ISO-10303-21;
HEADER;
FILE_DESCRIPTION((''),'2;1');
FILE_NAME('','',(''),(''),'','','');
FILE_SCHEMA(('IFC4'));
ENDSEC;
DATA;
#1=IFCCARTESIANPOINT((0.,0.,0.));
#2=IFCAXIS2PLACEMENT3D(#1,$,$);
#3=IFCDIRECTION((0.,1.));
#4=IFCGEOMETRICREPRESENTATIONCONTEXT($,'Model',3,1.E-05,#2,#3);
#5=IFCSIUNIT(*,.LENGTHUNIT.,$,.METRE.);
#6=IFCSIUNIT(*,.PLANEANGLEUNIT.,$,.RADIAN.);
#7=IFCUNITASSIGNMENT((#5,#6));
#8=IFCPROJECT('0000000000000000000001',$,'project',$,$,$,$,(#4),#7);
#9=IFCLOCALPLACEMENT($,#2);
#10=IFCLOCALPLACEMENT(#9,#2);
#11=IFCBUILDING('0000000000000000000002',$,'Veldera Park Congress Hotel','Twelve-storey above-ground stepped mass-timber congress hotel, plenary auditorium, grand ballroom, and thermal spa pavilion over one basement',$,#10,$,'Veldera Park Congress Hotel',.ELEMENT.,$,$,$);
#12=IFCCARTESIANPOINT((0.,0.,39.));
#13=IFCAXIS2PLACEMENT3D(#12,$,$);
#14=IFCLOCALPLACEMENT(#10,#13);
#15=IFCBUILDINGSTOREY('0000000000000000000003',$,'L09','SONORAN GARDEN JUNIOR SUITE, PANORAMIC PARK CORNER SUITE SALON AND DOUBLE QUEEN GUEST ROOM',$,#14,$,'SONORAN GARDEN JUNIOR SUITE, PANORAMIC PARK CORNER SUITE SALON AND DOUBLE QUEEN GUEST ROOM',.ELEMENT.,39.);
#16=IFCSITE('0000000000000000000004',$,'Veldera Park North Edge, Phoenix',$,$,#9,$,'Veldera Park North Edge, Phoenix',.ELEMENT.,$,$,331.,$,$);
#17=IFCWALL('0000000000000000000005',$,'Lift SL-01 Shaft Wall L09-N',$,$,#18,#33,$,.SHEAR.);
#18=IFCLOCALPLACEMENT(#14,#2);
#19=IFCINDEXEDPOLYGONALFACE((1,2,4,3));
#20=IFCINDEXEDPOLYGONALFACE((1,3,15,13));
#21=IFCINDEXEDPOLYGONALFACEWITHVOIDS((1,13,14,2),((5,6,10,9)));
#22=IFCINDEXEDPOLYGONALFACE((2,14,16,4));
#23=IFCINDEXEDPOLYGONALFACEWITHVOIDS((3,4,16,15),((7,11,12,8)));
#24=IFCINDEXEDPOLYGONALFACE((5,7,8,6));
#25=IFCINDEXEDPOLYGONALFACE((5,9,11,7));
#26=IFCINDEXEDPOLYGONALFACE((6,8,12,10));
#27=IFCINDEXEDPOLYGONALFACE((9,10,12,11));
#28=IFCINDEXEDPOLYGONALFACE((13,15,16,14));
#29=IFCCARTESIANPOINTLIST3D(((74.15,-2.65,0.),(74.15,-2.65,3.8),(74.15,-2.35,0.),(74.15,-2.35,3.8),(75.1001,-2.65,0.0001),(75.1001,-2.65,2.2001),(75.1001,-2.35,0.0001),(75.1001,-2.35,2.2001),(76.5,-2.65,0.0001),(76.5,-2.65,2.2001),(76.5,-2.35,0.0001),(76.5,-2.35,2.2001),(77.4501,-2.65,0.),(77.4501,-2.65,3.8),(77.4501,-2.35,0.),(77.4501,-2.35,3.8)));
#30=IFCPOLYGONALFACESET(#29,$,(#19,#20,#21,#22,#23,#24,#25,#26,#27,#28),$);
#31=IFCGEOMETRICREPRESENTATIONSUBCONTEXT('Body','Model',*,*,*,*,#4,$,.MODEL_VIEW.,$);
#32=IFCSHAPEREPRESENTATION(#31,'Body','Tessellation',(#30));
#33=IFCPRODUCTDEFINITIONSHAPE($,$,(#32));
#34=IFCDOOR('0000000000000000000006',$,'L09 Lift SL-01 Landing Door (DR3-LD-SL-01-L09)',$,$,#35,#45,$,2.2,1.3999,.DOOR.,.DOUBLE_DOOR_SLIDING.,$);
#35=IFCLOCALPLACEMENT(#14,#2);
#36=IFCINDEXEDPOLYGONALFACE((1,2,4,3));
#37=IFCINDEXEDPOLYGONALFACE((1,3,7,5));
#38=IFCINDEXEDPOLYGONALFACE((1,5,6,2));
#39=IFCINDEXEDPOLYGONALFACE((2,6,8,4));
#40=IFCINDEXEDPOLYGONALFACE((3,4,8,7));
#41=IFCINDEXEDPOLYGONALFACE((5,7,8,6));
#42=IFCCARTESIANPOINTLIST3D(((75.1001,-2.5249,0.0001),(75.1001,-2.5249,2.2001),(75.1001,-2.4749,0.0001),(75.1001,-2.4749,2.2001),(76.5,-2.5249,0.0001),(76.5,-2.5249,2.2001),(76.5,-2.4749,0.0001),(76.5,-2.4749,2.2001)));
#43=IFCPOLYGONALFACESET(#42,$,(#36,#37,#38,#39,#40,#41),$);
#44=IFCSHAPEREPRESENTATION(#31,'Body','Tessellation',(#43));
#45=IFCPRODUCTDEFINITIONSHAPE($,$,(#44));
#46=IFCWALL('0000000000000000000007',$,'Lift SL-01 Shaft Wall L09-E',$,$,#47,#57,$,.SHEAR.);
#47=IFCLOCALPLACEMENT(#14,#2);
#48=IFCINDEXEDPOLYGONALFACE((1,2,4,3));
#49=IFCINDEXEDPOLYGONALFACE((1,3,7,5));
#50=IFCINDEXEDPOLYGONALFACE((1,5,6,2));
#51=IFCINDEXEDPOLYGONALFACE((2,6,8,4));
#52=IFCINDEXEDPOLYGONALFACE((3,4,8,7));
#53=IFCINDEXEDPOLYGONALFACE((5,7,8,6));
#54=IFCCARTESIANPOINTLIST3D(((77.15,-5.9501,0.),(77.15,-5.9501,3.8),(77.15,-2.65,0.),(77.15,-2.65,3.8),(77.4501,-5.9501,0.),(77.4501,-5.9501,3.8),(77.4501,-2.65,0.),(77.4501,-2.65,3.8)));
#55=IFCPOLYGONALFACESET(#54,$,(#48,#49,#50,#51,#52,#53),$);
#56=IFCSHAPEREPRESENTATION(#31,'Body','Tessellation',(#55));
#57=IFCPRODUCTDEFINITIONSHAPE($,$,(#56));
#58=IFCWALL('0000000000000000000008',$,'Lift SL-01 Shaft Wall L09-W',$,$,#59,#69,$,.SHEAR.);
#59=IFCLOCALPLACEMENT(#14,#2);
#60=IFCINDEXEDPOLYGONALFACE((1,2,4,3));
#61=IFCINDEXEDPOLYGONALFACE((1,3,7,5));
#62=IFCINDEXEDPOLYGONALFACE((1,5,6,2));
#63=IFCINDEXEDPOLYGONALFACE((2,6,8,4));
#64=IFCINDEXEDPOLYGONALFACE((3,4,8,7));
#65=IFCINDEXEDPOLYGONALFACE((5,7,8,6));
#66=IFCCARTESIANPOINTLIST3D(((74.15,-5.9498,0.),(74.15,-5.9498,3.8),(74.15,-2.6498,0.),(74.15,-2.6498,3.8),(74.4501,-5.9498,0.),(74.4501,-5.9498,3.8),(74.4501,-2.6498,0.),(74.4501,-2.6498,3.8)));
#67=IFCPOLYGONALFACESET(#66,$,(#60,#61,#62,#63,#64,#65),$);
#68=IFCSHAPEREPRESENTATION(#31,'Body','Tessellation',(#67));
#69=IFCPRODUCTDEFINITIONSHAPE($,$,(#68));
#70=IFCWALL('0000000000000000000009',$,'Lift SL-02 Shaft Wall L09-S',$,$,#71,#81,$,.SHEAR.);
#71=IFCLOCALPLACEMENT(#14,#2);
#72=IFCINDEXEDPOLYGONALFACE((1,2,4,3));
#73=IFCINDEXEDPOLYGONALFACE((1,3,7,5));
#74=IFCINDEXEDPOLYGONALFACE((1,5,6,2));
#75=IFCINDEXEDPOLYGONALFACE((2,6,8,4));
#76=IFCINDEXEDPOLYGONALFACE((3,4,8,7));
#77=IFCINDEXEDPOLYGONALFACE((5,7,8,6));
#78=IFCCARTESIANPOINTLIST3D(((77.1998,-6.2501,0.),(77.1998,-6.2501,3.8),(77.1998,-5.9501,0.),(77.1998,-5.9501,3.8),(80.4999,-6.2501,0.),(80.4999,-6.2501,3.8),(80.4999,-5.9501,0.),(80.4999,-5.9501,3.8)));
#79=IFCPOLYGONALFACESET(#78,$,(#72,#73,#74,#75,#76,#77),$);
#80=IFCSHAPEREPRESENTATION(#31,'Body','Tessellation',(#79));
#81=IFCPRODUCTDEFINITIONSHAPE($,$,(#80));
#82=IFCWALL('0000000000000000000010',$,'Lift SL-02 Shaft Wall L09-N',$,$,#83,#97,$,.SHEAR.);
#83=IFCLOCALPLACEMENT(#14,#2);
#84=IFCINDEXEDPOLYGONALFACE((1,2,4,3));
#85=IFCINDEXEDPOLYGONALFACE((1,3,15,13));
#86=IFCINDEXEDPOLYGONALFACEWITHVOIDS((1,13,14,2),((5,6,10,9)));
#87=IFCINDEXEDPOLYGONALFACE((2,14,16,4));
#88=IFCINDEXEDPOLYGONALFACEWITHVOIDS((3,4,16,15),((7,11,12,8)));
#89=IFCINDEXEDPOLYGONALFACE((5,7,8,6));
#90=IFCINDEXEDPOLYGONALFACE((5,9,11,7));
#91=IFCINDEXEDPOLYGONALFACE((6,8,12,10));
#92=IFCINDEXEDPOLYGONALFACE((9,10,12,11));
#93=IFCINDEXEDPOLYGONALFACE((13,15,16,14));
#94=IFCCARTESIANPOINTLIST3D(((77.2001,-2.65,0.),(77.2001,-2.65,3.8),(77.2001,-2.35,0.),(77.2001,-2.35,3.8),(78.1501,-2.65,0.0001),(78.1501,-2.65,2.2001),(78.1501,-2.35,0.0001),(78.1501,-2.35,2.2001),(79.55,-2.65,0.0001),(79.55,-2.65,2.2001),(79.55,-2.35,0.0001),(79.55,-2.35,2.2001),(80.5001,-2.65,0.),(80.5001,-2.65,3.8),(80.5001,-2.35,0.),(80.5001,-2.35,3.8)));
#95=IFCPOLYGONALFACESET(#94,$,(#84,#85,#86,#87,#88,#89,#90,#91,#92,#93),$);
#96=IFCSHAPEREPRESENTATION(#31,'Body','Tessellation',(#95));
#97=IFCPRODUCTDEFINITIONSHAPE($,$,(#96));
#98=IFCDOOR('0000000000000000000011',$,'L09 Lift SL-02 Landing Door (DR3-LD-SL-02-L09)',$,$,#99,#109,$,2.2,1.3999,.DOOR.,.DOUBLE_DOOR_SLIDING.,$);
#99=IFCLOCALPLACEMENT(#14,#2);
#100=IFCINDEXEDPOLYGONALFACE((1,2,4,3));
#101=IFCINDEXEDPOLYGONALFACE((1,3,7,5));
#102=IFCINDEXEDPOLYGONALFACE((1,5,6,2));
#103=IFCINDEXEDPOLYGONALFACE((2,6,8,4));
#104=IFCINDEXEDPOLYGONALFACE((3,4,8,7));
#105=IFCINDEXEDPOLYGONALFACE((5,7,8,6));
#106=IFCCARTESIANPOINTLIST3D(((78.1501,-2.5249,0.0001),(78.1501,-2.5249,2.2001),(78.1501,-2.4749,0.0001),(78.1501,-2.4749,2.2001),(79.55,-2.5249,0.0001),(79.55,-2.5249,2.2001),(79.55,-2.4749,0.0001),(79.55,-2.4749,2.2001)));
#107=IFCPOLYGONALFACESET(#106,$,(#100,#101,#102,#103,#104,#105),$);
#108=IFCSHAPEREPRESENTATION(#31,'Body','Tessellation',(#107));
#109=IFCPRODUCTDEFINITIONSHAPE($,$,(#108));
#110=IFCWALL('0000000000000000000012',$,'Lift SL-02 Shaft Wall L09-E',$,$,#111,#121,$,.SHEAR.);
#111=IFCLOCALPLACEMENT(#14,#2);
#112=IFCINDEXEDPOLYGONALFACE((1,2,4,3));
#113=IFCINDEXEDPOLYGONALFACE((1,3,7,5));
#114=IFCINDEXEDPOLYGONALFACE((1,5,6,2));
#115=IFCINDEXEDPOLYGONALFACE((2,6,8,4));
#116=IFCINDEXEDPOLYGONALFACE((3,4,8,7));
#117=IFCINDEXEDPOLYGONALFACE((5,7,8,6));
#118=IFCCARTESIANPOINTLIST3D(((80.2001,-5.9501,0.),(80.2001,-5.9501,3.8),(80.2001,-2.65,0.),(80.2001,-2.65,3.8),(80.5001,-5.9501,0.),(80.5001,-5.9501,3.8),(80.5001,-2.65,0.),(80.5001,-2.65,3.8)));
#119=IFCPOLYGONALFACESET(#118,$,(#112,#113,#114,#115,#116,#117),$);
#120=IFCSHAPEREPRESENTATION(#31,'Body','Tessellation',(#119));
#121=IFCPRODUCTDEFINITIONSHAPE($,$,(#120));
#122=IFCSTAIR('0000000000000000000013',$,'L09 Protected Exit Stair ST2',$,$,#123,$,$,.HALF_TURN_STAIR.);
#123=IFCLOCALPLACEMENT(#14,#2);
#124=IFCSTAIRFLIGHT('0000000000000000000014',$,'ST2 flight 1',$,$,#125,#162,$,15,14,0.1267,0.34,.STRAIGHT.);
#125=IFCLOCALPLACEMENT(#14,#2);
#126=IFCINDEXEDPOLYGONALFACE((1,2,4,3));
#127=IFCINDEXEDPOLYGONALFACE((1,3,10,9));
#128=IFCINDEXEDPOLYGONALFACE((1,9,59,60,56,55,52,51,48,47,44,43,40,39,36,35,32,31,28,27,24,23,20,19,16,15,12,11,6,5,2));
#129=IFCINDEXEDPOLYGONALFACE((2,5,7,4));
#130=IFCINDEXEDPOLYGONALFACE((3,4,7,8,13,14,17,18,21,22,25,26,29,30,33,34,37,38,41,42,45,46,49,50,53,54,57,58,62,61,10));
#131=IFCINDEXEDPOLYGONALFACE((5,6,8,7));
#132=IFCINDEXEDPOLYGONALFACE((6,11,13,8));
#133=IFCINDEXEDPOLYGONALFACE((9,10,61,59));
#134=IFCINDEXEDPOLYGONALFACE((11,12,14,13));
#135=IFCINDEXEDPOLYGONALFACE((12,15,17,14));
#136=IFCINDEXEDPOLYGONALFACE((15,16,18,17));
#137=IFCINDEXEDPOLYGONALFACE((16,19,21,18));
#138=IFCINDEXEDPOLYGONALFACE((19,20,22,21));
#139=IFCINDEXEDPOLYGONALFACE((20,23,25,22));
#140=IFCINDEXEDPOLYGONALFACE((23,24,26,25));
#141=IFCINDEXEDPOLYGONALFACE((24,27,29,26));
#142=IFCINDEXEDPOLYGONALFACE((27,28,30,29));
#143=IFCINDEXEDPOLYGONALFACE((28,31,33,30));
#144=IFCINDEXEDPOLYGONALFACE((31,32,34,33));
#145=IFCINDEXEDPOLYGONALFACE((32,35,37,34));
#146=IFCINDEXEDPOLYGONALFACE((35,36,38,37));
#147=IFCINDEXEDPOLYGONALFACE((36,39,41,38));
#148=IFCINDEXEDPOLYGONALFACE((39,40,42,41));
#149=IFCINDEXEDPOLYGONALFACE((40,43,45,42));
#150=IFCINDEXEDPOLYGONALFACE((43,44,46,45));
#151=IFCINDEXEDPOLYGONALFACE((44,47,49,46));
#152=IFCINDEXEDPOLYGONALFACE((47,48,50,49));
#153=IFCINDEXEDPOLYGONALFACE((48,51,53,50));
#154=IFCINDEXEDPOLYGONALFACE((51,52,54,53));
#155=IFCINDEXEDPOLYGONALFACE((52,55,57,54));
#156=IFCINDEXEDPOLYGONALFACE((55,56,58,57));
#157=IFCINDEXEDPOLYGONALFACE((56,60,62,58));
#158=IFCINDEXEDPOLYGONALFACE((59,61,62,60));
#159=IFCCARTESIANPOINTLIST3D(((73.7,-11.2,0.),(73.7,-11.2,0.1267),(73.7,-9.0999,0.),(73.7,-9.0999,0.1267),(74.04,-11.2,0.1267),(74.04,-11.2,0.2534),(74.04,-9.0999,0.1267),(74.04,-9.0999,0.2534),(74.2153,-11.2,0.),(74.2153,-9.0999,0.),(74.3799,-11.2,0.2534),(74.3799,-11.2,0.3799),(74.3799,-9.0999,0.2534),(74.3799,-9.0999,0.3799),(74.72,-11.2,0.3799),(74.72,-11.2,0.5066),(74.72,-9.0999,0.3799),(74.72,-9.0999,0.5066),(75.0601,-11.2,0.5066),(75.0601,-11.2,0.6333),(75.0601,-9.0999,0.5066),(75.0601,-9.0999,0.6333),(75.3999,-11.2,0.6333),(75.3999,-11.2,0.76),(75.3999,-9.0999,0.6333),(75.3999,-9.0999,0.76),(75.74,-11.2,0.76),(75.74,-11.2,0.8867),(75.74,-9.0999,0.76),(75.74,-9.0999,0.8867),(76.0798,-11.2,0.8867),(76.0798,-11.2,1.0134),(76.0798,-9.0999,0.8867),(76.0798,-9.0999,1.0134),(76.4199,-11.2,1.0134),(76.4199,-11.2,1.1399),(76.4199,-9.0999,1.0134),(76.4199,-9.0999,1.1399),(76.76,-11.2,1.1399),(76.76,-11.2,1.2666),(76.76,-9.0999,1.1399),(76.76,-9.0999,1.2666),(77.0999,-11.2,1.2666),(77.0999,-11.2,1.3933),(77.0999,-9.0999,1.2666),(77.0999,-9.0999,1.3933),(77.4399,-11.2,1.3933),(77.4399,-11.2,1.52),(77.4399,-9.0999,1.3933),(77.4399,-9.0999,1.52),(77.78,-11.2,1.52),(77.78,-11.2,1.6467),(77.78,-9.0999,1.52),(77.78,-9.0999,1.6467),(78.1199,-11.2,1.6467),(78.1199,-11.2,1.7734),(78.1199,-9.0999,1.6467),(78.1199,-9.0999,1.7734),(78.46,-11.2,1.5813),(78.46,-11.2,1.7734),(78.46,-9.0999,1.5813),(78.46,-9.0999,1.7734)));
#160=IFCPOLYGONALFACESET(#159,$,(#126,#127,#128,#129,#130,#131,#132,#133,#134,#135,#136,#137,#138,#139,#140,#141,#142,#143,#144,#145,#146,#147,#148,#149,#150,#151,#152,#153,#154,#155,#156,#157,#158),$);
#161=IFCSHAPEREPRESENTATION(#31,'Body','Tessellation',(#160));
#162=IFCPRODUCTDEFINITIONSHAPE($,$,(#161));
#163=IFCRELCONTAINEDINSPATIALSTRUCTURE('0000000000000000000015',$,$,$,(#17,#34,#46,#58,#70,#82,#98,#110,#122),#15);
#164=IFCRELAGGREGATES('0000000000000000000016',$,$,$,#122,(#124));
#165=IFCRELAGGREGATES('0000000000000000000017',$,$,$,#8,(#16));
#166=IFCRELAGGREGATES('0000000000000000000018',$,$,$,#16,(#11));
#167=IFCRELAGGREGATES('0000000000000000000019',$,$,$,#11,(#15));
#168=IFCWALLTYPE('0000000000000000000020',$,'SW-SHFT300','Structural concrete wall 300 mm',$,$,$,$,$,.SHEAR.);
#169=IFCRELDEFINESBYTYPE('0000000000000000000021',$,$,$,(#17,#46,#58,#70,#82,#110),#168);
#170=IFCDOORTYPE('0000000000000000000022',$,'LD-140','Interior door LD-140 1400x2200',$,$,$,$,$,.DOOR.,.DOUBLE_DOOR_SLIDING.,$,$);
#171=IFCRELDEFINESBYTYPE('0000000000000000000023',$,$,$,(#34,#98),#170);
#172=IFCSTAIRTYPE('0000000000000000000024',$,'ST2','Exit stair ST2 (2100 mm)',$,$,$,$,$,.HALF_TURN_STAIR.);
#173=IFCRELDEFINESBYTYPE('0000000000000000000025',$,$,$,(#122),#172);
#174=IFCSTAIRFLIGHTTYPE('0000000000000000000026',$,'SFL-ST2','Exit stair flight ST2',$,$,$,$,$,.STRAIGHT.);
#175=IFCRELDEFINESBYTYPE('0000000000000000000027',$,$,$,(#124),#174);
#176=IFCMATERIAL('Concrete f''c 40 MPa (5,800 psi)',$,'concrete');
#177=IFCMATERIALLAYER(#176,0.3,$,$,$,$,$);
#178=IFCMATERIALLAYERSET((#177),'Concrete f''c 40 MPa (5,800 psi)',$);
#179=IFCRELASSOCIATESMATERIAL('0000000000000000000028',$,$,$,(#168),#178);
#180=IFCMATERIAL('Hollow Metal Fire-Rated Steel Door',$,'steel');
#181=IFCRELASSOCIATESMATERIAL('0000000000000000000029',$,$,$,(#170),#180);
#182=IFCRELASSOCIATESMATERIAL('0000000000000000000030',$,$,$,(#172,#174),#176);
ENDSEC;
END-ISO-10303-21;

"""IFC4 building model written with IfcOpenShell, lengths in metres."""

from ifc_helpers import new_model, si_unit, direction, frame, frame_2d, origin, place, context, subcontext, project, spatial, polyline, rectangle, outline, extrude, material, layer, layer_set, type_object, element, fill, aggregate, save


model = new_model("IFC4")

# Units and contexts
model_context = context("Model", 3, precision=1e-05, world=origin(), true_north=direction((0.0, 1.0)))
body_context = subcontext(model_context, "Body", "Model", "MODEL_VIEW")
ifc_project = project(units=[si_unit("LENGTHUNIT", "METRE"), si_unit("PLANEANGLEUNIT", "RADIAN")], contexts=[model_context])

# Site, building, storey
site_placement = place(None, origin())
site = spatial("IfcSite", under=ifc_project, at=site_placement, Name="Veldera Park North Edge, Phoenix", LongName="Veldera Park North Edge, Phoenix", CompositionType="ELEMENT", RefElevation=331.0)
building_placement = place(site_placement, origin())
building = spatial("IfcBuilding", under=site, at=building_placement, Name="Veldera Park Congress Hotel", Description="Twelve-storey above-ground stepped mass-timber congress hotel, plenary auditorium, grand ballroom, and thermal spa pavilion over one basement", LongName="Veldera Park Congress Hotel", CompositionType="ELEMENT")
storey_placement = place(building_placement, frame((0.0, 0.0, 39.0)))
storey = spatial("IfcBuildingStorey", under=building, at=storey_placement, Name="L09", Description="SONORAN GARDEN JUNIOR SUITE, PANORAMIC PARK CORNER SUITE SALON AND DOUBLE QUEEN GUEST ROOM", LongName="SONORAN GARDEN JUNIOR SUITE, PANORAMIC PARK CORNER SUITE SALON AND DOUBLE QUEEN GUEST ROOM", CompositionType="ELEMENT", Elevation=39.0)

# Shared definitions
ifc_material_1 = material(Name="Concrete f'c 40 MPa (5,800 psi)", Category="concrete")
ifc_layer_1 = layer(ifc_material_1, 0.3)
ifc_layer_set_1 = layer_set([ifc_layer_1], Name="Concrete f'c 40 MPa (5,800 psi)")
wall_type_1 = type_object("IfcWallType", Name="SW-SHFT300", Description="Structural concrete wall 300 mm", PredefinedType="SHEAR", material=ifc_layer_set_1)

# Wall, opening, door
wall_1_placement = place(storey_placement, frame((77.45, -2.5, 0.0), z_axis=(0.0, 0.0, 1.0), x_axis=(-1.0, 0.0, 0.0)))
wall_1 = element("IfcWall", 1, at=wall_1_placement, inside=storey, type_object=wall_type_1, Name="Lift SL-01 Shaft Wall L09-N", PredefinedType="SHEAR", context=body_context, shape_type="SweptSolid", body=[
    extrude(rectangle(XDim=3.3, YDim=0.3, at=frame_2d((1.6499, 0.0))), origin(), (0.0, 0.0, 1.0), 3.8),
])
opening_1_placement = place(wall_1_placement, frame((0.95, 0.0, 0.0)))
opening_1 = element("IfcOpeningElement", 2, at=opening_1_placement, cuts=wall_1, PredefinedType="OPENING", context=body_context, shape_type="SweptSolid", body=[
    extrude(rectangle(XDim=1.3999, YDim=2.2, at=frame_2d((0.7, 1.1001))), frame((0.0, 0.1621, 0.0), z_axis=(0.0, -1.0, 0.0), x_axis=(1.0, 0.0, 0.0)), (0.0, 0.0, 1.0), 0.324),
])
ifc_material_2 = material(Name="Hollow Metal Fire-Rated Steel Door", Category="steel")
door_type_1 = type_object("IfcDoorType", Name="LD-140", Description="Interior door LD-140 1400x2200", OperationType="DOUBLE_DOOR_SLIDING", PredefinedType="DOOR", material=ifc_material_2)
door_1_placement = place(opening_1_placement, origin())
door_1 = element("IfcDoor", 3, at=door_1_placement, inside=storey, type_object=door_type_1, Name="L09 Lift SL-01 Landing Door (DR3-LD-SL-01-L09)", OperationType="DOUBLE_DOOR_SLIDING", OverallHeight=2.2, OverallWidth=1.3999, PredefinedType="DOOR", context=body_context, shape_type="SweptSolid", body=[
    extrude(rectangle(XDim=1.3999, YDim=2.2, at=frame_2d((0.7, 1.1001))), frame((0.0, 0.0249, 0.0), z_axis=(0.0, -1.0, 0.0), x_axis=(1.0, 0.0, 0.0)), (0.0, 0.0, 1.0), 0.05),
])
fill(opening_1, door_1)

# Walls
for number, where, z_axis, x_axis, name in (
    (4, (77.3, -5.95, 0.0), (0.0, 0.0, 1.0), (0.0, 1.0, 0.0), "Lift SL-01 Shaft Wall L09-E"),
    (5, (74.3, -2.6499, 0.0), (0.0, 0.0, 1.0), (0.0, -1.0, 0.0), "Lift SL-01 Shaft Wall L09-W"),
    (6, (77.2, -6.1001, 0.0), (0.0, 0.0, 1.0), (1.0, 0.0, 0.0), "Lift SL-02 Shaft Wall L09-S"),
):
    element("IfcWall", number, at=place(storey_placement, frame(where, z_axis=z_axis, x_axis=x_axis)), inside=storey, type_object=wall_type_1, Name=name, PredefinedType="SHEAR", context=body_context, shape_type="SweptSolid", body=[
        extrude(rectangle(XDim=3.3, YDim=0.3, at=frame_2d((1.6499, 0.0))), origin(), (0.0, 0.0, 1.0), 3.8),
    ])

# Wall, opening, door
wall_2_placement = place(storey_placement, frame((80.5, -2.5, 0.0), z_axis=(0.0, 0.0, 1.0), x_axis=(-1.0, 0.0, 0.0)))
wall_2 = element("IfcWall", 7, at=wall_2_placement, inside=storey, type_object=wall_type_1, Name="Lift SL-02 Shaft Wall L09-N", PredefinedType="SHEAR", context=body_context, shape_type="SweptSolid", body=[
    extrude(rectangle(XDim=3.3, YDim=0.3, at=frame_2d((1.6499, 0.0))), origin(), (0.0, 0.0, 1.0), 3.8),
])
opening_2_placement = place(wall_2_placement, frame((0.95, 0.0, 0.0)))
opening_2 = element("IfcOpeningElement", 8, at=opening_2_placement, cuts=wall_2, PredefinedType="OPENING", context=body_context, shape_type="SweptSolid", body=[
    extrude(rectangle(XDim=1.3999, YDim=2.2, at=frame_2d((0.7, 1.1001))), frame((0.0, 0.1621, 0.0), z_axis=(0.0, -1.0, 0.0), x_axis=(1.0, 0.0, 0.0)), (0.0, 0.0, 1.0), 0.324),
])
door_2_placement = place(opening_2_placement, origin())
door_2 = element("IfcDoor", 9, at=door_2_placement, inside=storey, type_object=door_type_1, Name="L09 Lift SL-02 Landing Door (DR3-LD-SL-02-L09)", OperationType="DOUBLE_DOOR_SLIDING", OverallHeight=2.2, OverallWidth=1.3999, PredefinedType="DOOR", context=body_context, shape_type="SweptSolid", body=[
    extrude(rectangle(XDim=1.3999, YDim=2.2, at=frame_2d((0.7, 1.1001))), frame((0.0, 0.0249, 0.0), z_axis=(0.0, -1.0, 0.0), x_axis=(1.0, 0.0, 0.0)), (0.0, 0.0, 1.0), 0.05),
])
fill(opening_2, door_2)

# Wall
wall_3_placement = place(storey_placement, frame((80.3501, -5.95, 0.0), z_axis=(0.0, 0.0, 1.0), x_axis=(0.0, 1.0, 0.0)))
element("IfcWall", 10, at=wall_3_placement, inside=storey, type_object=wall_type_1, Name="Lift SL-02 Shaft Wall L09-E", PredefinedType="SHEAR", context=body_context, shape_type="SweptSolid", body=[
    extrude(rectangle(XDim=3.3, YDim=0.3, at=frame_2d((1.6499, 0.0))), origin(), (0.0, 0.0, 1.0), 3.8),
])

# Stair, stair flight
stair_type = type_object("IfcStairType", Name="ST2", Description="Exit stair ST2 (2100 mm)", PredefinedType="HALF_TURN_STAIR", material=ifc_material_1)
stair_placement = place(storey_placement, origin())
stair = element("IfcStair", 11, at=stair_placement, inside=storey, type_object=stair_type, Name="L09 Protected Exit Stair ST2", PredefinedType="HALF_TURN_STAIR")
stair_flight_type = type_object("IfcStairFlightType", Name="SFL-ST2", Description="Exit stair flight ST2", PredefinedType="STRAIGHT", material=ifc_material_1)
stair_flight_1_placement = place(storey_placement, frame((73.7, -10.1499, 0.0), z_axis=(0.0, 0.0, 1.0), x_axis=(1.0, 0.0, 0.0)))
stair_flight_1 = element("IfcStairFlight", 12, at=stair_flight_1_placement, type_object=stair_flight_type, Name="ST2 flight 1", NumberOfRisers=15, NumberOfTreads=14, PredefinedType="STRAIGHT", RiserHeight=0.1267, TreadLength=0.34, context=body_context, shape_type="SweptSolid", body=[
    extrude(outline(polyline([(0.0, 0.0), (0.0, 0.1267), (0.3401, 0.1267), (0.3401, 0.2534), (0.6799, 0.2534), (0.6799, 0.3799), (1.02, 0.3799), (1.02, 0.5066), (1.3601, 0.5066), (1.3601, 0.6333), (1.7, 0.6333), (1.7, 0.76), (2.04, 0.76), (2.04, 0.8867), (2.3799, 0.8867), (2.3799, 1.0134), (2.72, 1.0134), (2.72, 1.1399), (3.0601, 1.1399), (3.0601, 1.2666), (3.3999, 1.2666), (3.3999, 1.3933), (3.74, 1.3933), (3.74, 1.52), (4.0801, 1.52), (4.0801, 1.6467), (4.4199, 1.6467), (4.4199, 1.7734), (4.76, 1.7734), (4.76, 1.8999), (4.76, 1.8999), (4.76, 1.5813), (0.5154, 0.0), (0.0, 0.0)])), frame((0.0, 1.05, 0.0), z_axis=(0.0, -1.0, 0.0), x_axis=(1.0, 0.0, 0.0)), (0.0, 0.0, 1.0), 2.1001),
])
aggregate(stair, [stair_flight_1])

save(model, "model.ifc")
